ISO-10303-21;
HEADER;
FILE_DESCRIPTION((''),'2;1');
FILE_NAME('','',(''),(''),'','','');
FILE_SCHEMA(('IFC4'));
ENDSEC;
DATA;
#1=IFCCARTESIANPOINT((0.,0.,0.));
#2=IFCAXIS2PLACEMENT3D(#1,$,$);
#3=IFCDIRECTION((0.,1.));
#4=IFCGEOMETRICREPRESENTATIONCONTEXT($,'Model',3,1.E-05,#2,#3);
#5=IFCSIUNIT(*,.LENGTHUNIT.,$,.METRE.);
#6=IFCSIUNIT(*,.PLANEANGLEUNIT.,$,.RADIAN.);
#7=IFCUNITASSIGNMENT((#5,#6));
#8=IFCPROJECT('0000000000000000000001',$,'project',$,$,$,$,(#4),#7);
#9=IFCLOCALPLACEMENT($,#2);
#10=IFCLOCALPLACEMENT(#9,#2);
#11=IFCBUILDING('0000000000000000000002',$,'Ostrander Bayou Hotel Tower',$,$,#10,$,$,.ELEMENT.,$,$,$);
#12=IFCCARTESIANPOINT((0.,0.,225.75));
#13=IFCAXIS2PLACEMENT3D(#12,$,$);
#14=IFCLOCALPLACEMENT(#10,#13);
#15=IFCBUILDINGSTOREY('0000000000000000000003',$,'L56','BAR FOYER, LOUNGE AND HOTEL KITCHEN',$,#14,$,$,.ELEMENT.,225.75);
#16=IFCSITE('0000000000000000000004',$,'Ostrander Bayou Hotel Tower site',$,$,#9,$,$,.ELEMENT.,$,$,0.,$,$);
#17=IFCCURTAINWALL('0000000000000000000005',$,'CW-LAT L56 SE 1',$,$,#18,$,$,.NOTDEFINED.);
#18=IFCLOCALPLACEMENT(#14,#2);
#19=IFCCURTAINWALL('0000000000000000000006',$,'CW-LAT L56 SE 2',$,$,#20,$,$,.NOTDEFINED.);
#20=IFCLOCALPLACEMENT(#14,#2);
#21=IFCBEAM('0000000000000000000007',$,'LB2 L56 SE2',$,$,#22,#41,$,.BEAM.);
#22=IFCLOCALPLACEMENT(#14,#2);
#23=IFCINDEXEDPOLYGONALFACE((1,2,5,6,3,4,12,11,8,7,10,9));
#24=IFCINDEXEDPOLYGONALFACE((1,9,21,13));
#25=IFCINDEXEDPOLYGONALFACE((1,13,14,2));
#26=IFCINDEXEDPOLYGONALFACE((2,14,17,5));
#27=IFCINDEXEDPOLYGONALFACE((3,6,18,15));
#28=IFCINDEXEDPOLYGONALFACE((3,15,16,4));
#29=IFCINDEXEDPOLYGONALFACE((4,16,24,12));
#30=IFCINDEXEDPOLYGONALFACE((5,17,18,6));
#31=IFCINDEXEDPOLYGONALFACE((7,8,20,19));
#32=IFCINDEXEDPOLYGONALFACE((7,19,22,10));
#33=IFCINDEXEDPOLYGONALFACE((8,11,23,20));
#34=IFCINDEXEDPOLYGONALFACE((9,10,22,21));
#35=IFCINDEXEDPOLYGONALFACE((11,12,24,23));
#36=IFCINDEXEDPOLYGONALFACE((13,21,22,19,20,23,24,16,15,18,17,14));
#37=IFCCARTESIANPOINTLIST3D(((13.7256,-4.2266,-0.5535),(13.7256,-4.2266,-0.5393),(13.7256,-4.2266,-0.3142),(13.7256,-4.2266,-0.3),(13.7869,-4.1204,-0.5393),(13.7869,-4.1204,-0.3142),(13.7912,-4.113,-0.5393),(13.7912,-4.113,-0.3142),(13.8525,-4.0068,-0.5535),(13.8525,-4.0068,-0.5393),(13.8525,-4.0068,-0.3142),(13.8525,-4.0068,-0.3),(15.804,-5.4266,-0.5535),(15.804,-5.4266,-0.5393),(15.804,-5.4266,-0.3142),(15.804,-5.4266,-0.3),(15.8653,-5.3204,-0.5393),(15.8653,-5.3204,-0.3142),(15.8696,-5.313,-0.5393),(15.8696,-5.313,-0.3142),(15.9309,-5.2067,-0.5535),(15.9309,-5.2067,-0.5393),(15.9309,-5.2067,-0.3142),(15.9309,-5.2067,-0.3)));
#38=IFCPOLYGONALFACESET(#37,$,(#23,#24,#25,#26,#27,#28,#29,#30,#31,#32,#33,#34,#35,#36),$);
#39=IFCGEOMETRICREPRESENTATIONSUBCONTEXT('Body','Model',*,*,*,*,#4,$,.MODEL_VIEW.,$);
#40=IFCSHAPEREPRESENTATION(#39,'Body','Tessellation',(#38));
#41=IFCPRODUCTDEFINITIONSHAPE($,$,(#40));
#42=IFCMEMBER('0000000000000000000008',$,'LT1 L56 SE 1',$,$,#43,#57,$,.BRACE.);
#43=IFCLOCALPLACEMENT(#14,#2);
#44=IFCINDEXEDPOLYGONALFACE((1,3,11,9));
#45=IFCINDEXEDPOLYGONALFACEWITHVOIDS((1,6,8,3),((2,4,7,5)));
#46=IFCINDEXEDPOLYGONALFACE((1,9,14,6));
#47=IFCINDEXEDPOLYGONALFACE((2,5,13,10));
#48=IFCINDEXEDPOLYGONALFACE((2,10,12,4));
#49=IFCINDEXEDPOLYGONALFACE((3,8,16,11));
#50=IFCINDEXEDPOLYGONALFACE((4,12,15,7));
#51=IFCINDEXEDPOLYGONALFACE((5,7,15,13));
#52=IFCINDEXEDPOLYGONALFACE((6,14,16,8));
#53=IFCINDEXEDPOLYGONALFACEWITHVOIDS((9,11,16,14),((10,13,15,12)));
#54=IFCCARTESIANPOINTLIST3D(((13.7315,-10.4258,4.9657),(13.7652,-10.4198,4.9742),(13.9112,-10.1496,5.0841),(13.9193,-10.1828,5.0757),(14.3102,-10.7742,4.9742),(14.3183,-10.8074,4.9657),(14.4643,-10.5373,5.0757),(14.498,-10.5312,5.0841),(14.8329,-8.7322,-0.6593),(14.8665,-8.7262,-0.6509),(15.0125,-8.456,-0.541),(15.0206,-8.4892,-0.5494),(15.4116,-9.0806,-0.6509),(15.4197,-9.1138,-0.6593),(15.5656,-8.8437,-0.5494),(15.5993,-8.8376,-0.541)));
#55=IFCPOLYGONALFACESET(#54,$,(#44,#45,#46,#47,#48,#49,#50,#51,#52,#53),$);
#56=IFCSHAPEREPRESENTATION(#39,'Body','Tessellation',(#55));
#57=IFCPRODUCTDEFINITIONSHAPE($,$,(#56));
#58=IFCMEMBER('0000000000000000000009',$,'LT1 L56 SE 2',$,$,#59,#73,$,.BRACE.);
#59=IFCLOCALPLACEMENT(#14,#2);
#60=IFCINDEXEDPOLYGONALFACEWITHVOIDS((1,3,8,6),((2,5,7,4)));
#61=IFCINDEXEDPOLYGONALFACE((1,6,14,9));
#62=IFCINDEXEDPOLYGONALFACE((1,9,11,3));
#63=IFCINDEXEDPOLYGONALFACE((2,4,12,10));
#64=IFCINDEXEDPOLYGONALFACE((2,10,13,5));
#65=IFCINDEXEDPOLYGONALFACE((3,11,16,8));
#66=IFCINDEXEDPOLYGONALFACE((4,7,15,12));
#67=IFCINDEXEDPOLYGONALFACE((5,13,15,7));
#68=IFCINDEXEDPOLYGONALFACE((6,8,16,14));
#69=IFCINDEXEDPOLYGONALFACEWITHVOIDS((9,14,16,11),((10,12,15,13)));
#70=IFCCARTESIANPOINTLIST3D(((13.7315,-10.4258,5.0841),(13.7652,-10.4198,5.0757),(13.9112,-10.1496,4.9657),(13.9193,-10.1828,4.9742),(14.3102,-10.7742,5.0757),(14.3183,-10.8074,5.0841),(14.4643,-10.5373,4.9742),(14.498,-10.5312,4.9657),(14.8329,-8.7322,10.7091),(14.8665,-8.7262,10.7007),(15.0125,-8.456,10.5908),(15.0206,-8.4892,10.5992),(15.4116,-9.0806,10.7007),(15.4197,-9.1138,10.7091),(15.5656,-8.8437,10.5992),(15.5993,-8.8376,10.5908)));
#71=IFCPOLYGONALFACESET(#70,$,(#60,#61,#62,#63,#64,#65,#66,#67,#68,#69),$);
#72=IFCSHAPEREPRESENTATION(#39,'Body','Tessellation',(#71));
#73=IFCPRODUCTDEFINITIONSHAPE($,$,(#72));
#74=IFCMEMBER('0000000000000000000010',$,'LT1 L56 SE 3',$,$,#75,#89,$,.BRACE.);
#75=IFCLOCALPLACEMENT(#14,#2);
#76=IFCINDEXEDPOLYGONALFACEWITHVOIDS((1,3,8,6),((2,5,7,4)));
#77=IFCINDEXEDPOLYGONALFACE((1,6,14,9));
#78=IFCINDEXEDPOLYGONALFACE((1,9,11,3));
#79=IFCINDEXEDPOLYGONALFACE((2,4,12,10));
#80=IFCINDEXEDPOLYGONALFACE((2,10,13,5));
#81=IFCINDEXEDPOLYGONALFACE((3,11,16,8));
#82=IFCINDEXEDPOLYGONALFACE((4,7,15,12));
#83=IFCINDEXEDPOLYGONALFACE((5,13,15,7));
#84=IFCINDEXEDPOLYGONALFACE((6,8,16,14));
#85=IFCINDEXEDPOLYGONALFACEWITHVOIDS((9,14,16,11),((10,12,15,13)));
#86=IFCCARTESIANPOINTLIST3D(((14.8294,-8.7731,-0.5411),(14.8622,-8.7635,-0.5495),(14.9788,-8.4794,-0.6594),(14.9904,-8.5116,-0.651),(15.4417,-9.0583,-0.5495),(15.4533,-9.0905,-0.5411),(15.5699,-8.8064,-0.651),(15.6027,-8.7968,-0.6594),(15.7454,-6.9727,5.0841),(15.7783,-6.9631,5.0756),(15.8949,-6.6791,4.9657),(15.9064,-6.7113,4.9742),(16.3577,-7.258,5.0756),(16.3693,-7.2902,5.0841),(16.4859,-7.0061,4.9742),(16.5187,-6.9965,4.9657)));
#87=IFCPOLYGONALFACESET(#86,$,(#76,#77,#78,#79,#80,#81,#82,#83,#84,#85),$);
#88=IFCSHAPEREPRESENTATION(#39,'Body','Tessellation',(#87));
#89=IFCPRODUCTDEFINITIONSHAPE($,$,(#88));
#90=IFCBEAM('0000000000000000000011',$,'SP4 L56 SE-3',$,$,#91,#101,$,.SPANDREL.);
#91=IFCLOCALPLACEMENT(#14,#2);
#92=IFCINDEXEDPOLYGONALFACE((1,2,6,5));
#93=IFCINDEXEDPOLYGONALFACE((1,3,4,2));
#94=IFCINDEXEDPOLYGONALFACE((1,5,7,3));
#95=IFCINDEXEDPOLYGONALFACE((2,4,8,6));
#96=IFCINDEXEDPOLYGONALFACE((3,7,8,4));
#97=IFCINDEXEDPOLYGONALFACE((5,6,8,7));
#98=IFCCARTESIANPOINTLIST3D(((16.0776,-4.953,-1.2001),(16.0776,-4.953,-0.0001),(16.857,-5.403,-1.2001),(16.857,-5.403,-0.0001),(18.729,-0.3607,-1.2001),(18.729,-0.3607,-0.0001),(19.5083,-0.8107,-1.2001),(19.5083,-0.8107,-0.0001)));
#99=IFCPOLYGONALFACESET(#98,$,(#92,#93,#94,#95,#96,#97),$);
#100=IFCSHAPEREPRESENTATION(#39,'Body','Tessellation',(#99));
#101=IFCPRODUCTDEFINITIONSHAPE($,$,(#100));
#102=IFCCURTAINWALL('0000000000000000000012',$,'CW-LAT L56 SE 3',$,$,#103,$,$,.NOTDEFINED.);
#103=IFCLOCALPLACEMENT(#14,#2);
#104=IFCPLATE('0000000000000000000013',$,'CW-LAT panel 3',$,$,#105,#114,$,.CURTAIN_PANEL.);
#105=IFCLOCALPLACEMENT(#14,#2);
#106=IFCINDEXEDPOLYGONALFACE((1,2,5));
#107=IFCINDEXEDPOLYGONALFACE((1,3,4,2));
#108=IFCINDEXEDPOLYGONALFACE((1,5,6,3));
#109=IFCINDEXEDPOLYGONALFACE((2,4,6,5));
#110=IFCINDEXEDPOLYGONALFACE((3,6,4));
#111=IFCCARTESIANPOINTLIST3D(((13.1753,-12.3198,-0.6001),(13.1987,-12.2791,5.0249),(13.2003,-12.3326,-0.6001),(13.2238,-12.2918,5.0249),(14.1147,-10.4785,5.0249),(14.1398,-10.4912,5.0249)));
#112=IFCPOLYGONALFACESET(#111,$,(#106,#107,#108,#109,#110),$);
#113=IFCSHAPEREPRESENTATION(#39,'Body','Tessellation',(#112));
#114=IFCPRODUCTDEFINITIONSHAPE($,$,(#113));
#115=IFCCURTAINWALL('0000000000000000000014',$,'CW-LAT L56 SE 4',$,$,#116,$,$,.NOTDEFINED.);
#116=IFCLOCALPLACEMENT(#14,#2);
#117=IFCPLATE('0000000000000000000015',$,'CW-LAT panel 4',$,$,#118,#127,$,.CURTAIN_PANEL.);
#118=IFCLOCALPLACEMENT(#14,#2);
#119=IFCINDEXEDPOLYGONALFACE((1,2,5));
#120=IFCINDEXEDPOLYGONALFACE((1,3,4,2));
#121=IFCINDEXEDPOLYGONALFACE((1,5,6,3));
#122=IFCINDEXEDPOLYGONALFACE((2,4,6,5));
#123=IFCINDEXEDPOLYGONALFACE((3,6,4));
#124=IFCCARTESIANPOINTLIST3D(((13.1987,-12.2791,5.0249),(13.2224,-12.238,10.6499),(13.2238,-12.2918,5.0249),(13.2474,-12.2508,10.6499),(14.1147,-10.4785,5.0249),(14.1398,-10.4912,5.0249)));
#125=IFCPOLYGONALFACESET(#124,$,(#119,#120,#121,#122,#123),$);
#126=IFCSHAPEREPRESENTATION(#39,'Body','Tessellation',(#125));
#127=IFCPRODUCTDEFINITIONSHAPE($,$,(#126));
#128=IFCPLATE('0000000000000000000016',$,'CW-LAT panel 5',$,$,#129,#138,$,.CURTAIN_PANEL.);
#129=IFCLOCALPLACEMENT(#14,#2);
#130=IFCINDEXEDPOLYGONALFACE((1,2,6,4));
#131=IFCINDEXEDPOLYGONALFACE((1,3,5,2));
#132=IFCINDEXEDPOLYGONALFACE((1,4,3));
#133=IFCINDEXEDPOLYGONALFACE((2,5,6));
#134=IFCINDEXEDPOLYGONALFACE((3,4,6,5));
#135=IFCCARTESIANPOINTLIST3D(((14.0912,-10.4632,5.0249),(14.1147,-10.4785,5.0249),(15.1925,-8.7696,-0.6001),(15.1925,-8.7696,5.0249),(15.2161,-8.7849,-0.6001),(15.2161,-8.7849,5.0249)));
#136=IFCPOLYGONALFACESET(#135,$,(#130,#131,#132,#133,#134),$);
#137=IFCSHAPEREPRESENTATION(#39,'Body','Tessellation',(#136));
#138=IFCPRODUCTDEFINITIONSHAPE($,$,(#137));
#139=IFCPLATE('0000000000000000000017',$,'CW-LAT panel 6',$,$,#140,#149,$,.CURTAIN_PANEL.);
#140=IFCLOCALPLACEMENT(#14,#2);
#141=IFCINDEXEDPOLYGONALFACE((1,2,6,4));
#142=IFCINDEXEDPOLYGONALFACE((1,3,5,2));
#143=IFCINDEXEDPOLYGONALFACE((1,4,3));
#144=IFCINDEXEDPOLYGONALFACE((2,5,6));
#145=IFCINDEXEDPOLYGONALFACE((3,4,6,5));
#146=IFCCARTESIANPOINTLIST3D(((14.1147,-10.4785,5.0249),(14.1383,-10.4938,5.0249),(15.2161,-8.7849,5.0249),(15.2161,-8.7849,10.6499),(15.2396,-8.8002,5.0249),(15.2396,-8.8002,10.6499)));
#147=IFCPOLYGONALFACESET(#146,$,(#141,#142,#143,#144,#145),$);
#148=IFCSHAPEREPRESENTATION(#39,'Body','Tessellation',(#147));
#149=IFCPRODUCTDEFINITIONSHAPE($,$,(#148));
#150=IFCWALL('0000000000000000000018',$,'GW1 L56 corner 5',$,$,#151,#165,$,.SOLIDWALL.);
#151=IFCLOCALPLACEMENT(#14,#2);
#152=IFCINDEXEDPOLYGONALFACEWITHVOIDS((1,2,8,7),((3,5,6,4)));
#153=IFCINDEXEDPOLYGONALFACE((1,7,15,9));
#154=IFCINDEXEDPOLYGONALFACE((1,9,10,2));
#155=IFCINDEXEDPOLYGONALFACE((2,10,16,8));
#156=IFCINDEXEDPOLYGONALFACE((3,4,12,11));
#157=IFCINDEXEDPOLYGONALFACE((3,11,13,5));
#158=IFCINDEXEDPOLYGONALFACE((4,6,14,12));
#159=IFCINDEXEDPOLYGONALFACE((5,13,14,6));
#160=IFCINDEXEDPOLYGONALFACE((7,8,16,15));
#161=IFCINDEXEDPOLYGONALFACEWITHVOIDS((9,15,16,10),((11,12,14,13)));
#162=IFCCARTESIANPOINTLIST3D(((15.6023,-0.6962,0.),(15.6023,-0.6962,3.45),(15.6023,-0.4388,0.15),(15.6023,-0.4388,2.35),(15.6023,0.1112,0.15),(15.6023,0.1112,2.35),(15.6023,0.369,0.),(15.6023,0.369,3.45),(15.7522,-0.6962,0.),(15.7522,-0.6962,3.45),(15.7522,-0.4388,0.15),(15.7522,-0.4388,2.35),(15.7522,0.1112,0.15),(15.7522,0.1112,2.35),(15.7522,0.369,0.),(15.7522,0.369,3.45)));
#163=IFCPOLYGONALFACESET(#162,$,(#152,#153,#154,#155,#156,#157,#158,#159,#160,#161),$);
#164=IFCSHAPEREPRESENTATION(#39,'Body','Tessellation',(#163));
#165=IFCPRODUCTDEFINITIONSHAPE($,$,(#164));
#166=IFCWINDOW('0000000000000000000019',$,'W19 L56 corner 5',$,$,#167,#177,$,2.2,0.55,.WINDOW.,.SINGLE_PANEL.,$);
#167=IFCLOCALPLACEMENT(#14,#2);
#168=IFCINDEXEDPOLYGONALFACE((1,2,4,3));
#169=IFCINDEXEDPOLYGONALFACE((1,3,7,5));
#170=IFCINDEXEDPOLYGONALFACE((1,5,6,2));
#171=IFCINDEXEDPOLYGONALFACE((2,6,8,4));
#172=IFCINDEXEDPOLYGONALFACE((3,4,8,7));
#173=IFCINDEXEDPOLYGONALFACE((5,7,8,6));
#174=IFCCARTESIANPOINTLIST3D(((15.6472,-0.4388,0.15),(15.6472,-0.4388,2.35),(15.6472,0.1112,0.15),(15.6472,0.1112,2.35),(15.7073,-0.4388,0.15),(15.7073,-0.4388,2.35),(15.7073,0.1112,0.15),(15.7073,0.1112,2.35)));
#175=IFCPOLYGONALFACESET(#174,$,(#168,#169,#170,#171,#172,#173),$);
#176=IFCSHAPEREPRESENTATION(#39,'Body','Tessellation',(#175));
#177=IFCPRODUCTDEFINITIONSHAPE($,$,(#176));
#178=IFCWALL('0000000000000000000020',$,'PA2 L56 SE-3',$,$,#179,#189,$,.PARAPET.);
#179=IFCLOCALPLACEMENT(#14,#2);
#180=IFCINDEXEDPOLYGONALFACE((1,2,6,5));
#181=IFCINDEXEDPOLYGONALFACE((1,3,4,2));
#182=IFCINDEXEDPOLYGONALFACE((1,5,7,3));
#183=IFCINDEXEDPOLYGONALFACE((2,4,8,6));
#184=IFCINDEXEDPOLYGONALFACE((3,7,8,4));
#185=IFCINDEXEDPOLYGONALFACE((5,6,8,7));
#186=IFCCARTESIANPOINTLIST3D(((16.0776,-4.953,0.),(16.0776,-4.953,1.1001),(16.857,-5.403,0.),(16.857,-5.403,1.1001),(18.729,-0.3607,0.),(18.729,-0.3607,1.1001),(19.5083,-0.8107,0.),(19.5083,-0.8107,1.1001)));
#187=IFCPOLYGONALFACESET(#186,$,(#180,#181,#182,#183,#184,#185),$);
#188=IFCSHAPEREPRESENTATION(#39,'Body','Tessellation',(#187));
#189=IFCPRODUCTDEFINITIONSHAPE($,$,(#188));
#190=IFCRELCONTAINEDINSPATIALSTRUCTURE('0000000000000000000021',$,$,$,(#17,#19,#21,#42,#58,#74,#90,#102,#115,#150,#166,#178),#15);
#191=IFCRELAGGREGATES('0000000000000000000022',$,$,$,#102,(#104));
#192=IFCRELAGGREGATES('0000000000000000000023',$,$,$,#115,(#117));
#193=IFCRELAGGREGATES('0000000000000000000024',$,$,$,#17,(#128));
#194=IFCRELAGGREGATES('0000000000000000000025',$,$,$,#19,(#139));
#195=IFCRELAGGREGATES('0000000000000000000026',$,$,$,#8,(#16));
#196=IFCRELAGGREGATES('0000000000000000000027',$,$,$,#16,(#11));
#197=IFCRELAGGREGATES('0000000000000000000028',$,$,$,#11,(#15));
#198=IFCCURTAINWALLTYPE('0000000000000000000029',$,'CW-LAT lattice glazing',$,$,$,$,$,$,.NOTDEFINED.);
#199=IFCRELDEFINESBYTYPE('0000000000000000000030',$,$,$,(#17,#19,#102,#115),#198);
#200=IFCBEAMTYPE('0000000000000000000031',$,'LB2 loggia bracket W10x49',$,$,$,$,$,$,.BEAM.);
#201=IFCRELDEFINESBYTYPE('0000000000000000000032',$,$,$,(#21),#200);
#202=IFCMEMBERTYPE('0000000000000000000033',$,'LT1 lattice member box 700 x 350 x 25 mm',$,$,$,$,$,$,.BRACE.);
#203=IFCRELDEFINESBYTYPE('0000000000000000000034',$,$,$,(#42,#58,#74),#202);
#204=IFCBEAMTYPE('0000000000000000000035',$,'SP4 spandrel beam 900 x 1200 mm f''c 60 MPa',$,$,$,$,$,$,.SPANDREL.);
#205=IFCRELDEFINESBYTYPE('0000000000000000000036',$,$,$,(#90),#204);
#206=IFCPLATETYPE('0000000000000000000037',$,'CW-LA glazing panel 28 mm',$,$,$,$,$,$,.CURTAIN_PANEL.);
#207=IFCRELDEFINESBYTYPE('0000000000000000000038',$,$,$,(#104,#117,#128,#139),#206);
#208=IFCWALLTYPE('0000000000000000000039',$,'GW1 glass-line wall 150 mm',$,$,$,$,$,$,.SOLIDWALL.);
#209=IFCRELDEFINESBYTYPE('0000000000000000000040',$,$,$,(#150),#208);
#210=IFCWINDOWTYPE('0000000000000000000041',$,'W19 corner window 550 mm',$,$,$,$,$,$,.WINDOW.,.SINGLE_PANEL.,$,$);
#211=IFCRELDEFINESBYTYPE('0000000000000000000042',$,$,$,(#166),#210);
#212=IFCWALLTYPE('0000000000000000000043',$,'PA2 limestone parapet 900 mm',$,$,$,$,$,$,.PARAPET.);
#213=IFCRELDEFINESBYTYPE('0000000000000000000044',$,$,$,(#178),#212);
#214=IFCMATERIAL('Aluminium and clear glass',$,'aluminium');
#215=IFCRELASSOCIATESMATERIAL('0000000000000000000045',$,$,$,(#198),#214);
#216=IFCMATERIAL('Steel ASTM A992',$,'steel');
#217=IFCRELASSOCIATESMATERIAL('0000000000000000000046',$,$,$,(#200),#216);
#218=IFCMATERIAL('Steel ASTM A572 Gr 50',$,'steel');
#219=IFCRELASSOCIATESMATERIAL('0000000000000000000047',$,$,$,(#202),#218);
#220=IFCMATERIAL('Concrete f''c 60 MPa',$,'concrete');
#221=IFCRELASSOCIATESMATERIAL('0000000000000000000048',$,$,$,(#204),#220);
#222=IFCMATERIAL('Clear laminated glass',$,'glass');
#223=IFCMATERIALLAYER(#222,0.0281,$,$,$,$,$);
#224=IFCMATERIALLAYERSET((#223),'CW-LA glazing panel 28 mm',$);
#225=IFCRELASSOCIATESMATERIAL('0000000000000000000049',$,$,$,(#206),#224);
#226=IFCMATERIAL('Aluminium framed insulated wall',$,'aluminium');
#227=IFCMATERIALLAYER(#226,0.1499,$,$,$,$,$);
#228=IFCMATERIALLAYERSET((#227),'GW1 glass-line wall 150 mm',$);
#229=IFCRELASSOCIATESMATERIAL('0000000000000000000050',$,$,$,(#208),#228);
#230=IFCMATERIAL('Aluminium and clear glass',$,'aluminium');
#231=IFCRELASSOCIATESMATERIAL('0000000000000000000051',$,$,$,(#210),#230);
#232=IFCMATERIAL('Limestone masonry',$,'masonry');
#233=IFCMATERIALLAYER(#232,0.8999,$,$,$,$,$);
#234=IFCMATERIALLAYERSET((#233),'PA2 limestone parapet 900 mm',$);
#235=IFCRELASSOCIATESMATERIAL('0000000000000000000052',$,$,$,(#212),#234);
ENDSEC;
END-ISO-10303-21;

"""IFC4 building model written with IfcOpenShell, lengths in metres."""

from ifc_helpers import new_model, si_unit, direction, frame, frame_2d, origin, origin_2d, place, context, subcontext, project, spatial, polyline, rectangle, hollow_rectangle, i_section, outline, extrude, material, layer, layer_set, material_profile, profile_set, type_object, element, fill, aggregate, save


model = new_model("IFC4")

# Units and contexts
model_context = context("Model", 3, precision=1e-05, world=origin(), true_north=direction((0.0, 1.0)))
body_context = subcontext(model_context, "Body", "Model", "MODEL_VIEW")
ifc_project = project(units=[si_unit("LENGTHUNIT", "METRE"), si_unit("PLANEANGLEUNIT", "RADIAN")], contexts=[model_context])

# Site, building, storey
site_placement = place(None, origin())
site = spatial("IfcSite", under=ifc_project, at=site_placement, Name="Ostrander Bayou Hotel Tower site", CompositionType="ELEMENT", RefElevation=0.0)
building_placement = place(site_placement, origin())
building = spatial("IfcBuilding", under=site, at=building_placement, Name="Ostrander Bayou Hotel Tower", CompositionType="ELEMENT")
storey_placement = place(building_placement, frame((0.0, 0.0, 225.75)))
storey = spatial("IfcBuildingStorey", under=building, at=storey_placement, Name="L56", Description="BAR FOYER, LOUNGE AND HOTEL KITCHEN", CompositionType="ELEMENT", Elevation=225.75)

# Curtain walls
ifc_material_1 = material(Name="Aluminium and clear glass", Category="aluminium")
curtain_wall_type = type_object("IfcCurtainWallType", Name="CW-LAT lattice glazing", PredefinedType="NOTDEFINED", material=ifc_material_1)
curtain_wall_1_placement = place(storey_placement, origin())
curtain_wall_1 = element("IfcCurtainWall", 1, at=curtain_wall_1_placement, inside=storey, type_object=curtain_wall_type, Name="CW-LAT L56 SE 1", PredefinedType="NOTDEFINED")
curtain_wall_2_placement = place(storey_placement, origin())
curtain_wall_2 = element("IfcCurtainWall", 2, at=curtain_wall_2_placement, inside=storey, type_object=curtain_wall_type, Name="CW-LAT L56 SE 2", PredefinedType="NOTDEFINED")

# Beam
ifc_material_2 = material(Name="Steel ASTM A992", Category="steel")
ifc_material_profile_1 = material_profile(ifc_material_2, i_section(OverallWidth=0.2539, OverallDepth=0.2534, WebThickness=0.0085, FlangeThickness=0.0142, at=origin_2d()))
ifc_profile_set_1 = profile_set([ifc_material_profile_1], Name="Steel ASTM A992")
beam_type_1 = type_object("IfcBeamType", Name="LB2 loggia bracket W10x49", PredefinedType="BEAM", material=ifc_profile_set_1)
beam_1_placement = place(storey_placement, frame((15.8674, -5.3167, -0.4268), z_axis=(-0.866025, 0.500001, 0.0), x_axis=(-0.500001, -0.866025, 0.0)))
element("IfcBeam", 3, at=beam_1_placement, inside=storey, type_object=beam_type_1, Name="LB2 L56 SE2", PredefinedType="BEAM", context=body_context, shape_type="SweptSolid", body=[
    extrude(i_section(OverallWidth=0.2539, OverallDepth=0.2534, WebThickness=0.0085, FlangeThickness=0.0142, at=origin_2d()), origin(), (0.0, 0.0, 1.0), 2.3999),
])

# Members
ifc_material_3 = material(Name="Steel ASTM A572 Gr 50", Category="steel")
ifc_material_profile_2 = material_profile(ifc_material_3, hollow_rectangle(XDim=0.7, YDim=0.3501, WallThickness=0.0249, at=origin_2d()))
ifc_profile_set_2 = profile_set([ifc_material_profile_2], Name="Steel ASTM A572 Gr 50")
member_type_1 = type_object("IfcMemberType", Name="LT1 lattice member box 700 x 350 x 25 mm", PredefinedType="BRACE", material=ifc_profile_set_2)
for number, where, z_axis, x_axis, name in (
    (4, (14.1147, -10.4785, 5.0249), (0.184266, 0.283364, -0.941143), (-0.838336, 0.545154, 0.0), "LT1 L56 SE 1"),
    (5, (14.1147, -10.4785, 5.0249), (0.184266, 0.283364, 0.941143), (-0.838336, 0.545154, 0.0), "LT1 L56 SE 2"),
    (6, (16.1321, -6.9846, 5.0249), (-0.153265, -0.301219, -0.941157), (0.891263, -0.453488, 0.0), "LT1 L56 SE 3"),
):
    element("IfcMember", number, at=place(storey_placement, frame(where, z_axis=z_axis, x_axis=x_axis)), inside=storey, type_object=member_type_1, Name=name, PredefinedType="BRACE", context=body_context, shape_type="SweptSolid", body=[
        extrude(hollow_rectangle(XDim=0.7, YDim=0.3501, WallThickness=0.0249, at=origin_2d()), origin(), (0.0, 0.0, 1.0), 5.9768),
    ])

# Beam
ifc_material_4 = material(Name="Concrete f'c 60 MPa", Category="concrete")
ifc_material_profile_3 = material_profile(ifc_material_4, rectangle(XDim=0.8999, YDim=1.2, at=origin_2d()))
ifc_profile_set_3 = profile_set([ifc_material_profile_3], Name="Concrete f'c 60 MPa")
beam_type_2 = type_object("IfcBeamType", Name="SP4 spandrel beam 900 x 1200 mm f'c 60 MPa", PredefinedType="SPANDREL", material=ifc_profile_set_3)
beam_2_placement = place(storey_placement, frame((16.4673, -5.178, -0.6001), z_axis=(0.500001, 0.866025, 0.0), x_axis=(-0.866025, 0.500001, 0.0)))
element("IfcBeam", 7, at=beam_2_placement, inside=storey, type_object=beam_type_2, Name="SP4 L56 SE-3", PredefinedType="SPANDREL", context=body_context, shape_type="SweptSolid", body=[
    extrude(rectangle(XDim=0.8999, YDim=1.2, at=origin_2d()), origin(), (0.0, 0.0, 1.0), 5.3027),
])

# Curtain walls, plates
curtain_wall_3_placement = place(storey_placement, origin())
curtain_wall_3 = element("IfcCurtainWall", 8, at=curtain_wall_3_placement, inside=storey, type_object=curtain_wall_type, Name="CW-LAT L56 SE 3", PredefinedType="NOTDEFINED")
ifc_material_5 = material(Name="Clear laminated glass", Category="glass")
ifc_layer_1 = layer(ifc_material_5, 0.0281)
ifc_layer_set_1 = layer_set([ifc_layer_1], Name="CW-LA glazing panel 28 mm")
plate_type = type_object("IfcPlateType", Name="CW-LA glazing panel 28 mm", PredefinedType="CURTAIN_PANEL", material=ifc_layer_set_1)
plate_1_placement = place(storey_placement, frame((14.1147, -10.4785, 5.0249), z_axis=(-0.891287, 0.453439, 0.000427), x_axis=(-0.156764, -0.307254, -0.938627)))
plate_1 = element("IfcPlate", 9, at=plate_1_placement, type_object=plate_type, Name="CW-LAT panel 3", PredefinedType="CURTAIN_PANEL", context=body_context, shape_type="SweptSolid", body=[
    extrude(outline(polyline([(0.0, 0.0), (5.9928, 0.0), (0.6968, 1.8962), (0.0, 0.0)])), origin(), (0.0, 0.0, -1.0), 0.0281),
])
aggregate(curtain_wall_3, [plate_1])
curtain_wall_4_placement = place(storey_placement, origin())
curtain_wall_4 = element("IfcCurtainWall", 10, at=curtain_wall_4_placement, inside=storey, type_object=curtain_wall_type, Name="CW-LAT L56 SE 4", PredefinedType="NOTDEFINED")
plate_2_placement = place(storey_placement, frame((14.1147, -10.4785, 5.0249), z_axis=(-0.891287, 0.453439, 0.000446), x_axis=(-0.149697, -0.295175, 0.943643)))
plate_2 = element("IfcPlate", 11, at=plate_2_placement, type_object=plate_type, Name="CW-LAT panel 4", PredefinedType="CURTAIN_PANEL", context=body_context, shape_type="SweptSolid", body=[
    extrude(outline(polyline([(0.0, 0.0), (5.9609, 0.0), (0.6686, -1.9063), (0.0, 0.0)])), origin(), (0.0, 0.0, -1.0), 0.0281),
])
aggregate(curtain_wall_4, [plate_2])

# Plates
plate_3_placement = place(storey_placement, frame((14.1147, -10.4785, 5.0249), z_axis=(0.838336, -0.545154, 0.0), x_axis=(0.184266, 0.283364, -0.941143)))
plate_3 = element("IfcPlate", 12, at=plate_3_placement, type_object=plate_type, Name="CW-LAT panel 5", PredefinedType="CURTAIN_PANEL", context=body_context, shape_type="SweptSolid", body=[
    extrude(outline(polyline([(0.0, 0.0), (5.9768, 0.0), (0.6828, 1.9013), (0.0, 0.0)])), origin(), (0.0, 0.0, -1.0), 0.0281),
])
aggregate(curtain_wall_1, [plate_3])
plate_4_placement = place(storey_placement, frame((14.1147, -10.4785, 5.0249), z_axis=(-0.838336, 0.545154, 0.0), x_axis=(0.184266, 0.283364, 0.941143)))
plate_4 = element("IfcPlate", 13, at=plate_4_placement, type_object=plate_type, Name="CW-LAT panel 6", PredefinedType="CURTAIN_PANEL", context=body_context, shape_type="SweptSolid", body=[
    extrude(outline(polyline([(0.0, 0.0), (5.9768, 0.0), (0.6828, 1.9013), (0.0, 0.0)])), origin(), (0.0, 0.0, -1.0), 0.0281),
])
aggregate(curtain_wall_2, [plate_4])

# Wall, opening, window
ifc_material_6 = material(Name="Aluminium framed insulated wall", Category="aluminium")
ifc_layer_2 = layer(ifc_material_6, 0.1499)
ifc_layer_set_2 = layer_set([ifc_layer_2], Name="GW1 glass-line wall 150 mm")
wall_type_1 = type_object("IfcWallType", Name="GW1 glass-line wall 150 mm", PredefinedType="SOLIDWALL", material=ifc_layer_set_2)
wall_1_placement = place(storey_placement, frame((15.6772, -0.6963, 0.0), z_axis=(0.0, 0.0, 1.0), x_axis=(0.0, 1.0, 0.0)))
wall_1 = element("IfcWall", 14, at=wall_1_placement, inside=storey, type_object=wall_type_1, Name="GW1 L56 corner 5", PredefinedType="SOLIDWALL", context=body_context, shape_type="SweptSolid", body=[
    extrude(rectangle(XDim=1.0652, YDim=0.1499, at=frame_2d((0.5327, 0.0))), origin(), (0.0, 0.0, 1.0), 3.45),
])
opening_placement = place(wall_1_placement, frame((0.2576, 0.0, 0.1499)))
opening = element("IfcOpeningElement", 15, at=opening_placement, cuts=wall_1, PredefinedType="OPENING", context=body_context, shape_type="SweptSolid", body=[
    extrude(rectangle(XDim=0.55, YDim=2.2, at=frame_2d((0.2749, 1.1001))), frame((0.0, 0.075, 0.0), z_axis=(0.0, -1.0, 0.0), x_axis=(1.0, 0.0, 0.0)), (0.0, 0.0, 1.0), 0.1499),
])
ifc_material_7 = material(Name="Aluminium and clear glass", Category="aluminium")
window_type = type_object("IfcWindowType", Name="W19 corner window 550 mm", PartitioningType="SINGLE_PANEL", PredefinedType="WINDOW", material=ifc_material_7)
window_placement = place(opening_placement, origin())
window = element("IfcWindow", 16, at=window_placement, inside=storey, type_object=window_type, Name="W19 L56 corner 5", OverallHeight=2.2, OverallWidth=0.55, PartitioningType="SINGLE_PANEL", PredefinedType="WINDOW", context=body_context, shape_type="SweptSolid", body=[
    extrude(rectangle(XDim=0.55, YDim=2.2, at=frame_2d((0.2749, 1.1001))), frame((0.0, 0.03, 0.0), z_axis=(0.0, -1.0, 0.0), x_axis=(1.0, 0.0, 0.0)), (0.0, 0.0, 1.0), 0.0601),
])
fill(opening, window)

# Wall
ifc_material_8 = material(Name="Limestone masonry", Category="masonry")
ifc_layer_3 = layer(ifc_material_8, 0.8999)
ifc_layer_set_3 = layer_set([ifc_layer_3], Name="PA2 limestone parapet 900 mm")
wall_type_2 = type_object("IfcWallType", Name="PA2 limestone parapet 900 mm", PredefinedType="PARAPET", material=ifc_layer_set_3)
wall_2_placement = place(storey_placement, frame((16.4673, -5.178, 0.0), z_axis=(0.0, 0.0, 1.0), x_axis=(0.500001, 0.866025, 0.0)))
element("IfcWall", 17, at=wall_2_placement, inside=storey, type_object=wall_type_2, Name="PA2 L56 SE-3", PredefinedType="PARAPET", context=body_context, shape_type="SweptSolid", body=[
    extrude(rectangle(XDim=5.3027, YDim=0.8999, at=frame_2d((2.6514, 0.0))), origin(), (0.0, 0.0, 1.0), 1.1001),
])

save(model, "model.ifc")
